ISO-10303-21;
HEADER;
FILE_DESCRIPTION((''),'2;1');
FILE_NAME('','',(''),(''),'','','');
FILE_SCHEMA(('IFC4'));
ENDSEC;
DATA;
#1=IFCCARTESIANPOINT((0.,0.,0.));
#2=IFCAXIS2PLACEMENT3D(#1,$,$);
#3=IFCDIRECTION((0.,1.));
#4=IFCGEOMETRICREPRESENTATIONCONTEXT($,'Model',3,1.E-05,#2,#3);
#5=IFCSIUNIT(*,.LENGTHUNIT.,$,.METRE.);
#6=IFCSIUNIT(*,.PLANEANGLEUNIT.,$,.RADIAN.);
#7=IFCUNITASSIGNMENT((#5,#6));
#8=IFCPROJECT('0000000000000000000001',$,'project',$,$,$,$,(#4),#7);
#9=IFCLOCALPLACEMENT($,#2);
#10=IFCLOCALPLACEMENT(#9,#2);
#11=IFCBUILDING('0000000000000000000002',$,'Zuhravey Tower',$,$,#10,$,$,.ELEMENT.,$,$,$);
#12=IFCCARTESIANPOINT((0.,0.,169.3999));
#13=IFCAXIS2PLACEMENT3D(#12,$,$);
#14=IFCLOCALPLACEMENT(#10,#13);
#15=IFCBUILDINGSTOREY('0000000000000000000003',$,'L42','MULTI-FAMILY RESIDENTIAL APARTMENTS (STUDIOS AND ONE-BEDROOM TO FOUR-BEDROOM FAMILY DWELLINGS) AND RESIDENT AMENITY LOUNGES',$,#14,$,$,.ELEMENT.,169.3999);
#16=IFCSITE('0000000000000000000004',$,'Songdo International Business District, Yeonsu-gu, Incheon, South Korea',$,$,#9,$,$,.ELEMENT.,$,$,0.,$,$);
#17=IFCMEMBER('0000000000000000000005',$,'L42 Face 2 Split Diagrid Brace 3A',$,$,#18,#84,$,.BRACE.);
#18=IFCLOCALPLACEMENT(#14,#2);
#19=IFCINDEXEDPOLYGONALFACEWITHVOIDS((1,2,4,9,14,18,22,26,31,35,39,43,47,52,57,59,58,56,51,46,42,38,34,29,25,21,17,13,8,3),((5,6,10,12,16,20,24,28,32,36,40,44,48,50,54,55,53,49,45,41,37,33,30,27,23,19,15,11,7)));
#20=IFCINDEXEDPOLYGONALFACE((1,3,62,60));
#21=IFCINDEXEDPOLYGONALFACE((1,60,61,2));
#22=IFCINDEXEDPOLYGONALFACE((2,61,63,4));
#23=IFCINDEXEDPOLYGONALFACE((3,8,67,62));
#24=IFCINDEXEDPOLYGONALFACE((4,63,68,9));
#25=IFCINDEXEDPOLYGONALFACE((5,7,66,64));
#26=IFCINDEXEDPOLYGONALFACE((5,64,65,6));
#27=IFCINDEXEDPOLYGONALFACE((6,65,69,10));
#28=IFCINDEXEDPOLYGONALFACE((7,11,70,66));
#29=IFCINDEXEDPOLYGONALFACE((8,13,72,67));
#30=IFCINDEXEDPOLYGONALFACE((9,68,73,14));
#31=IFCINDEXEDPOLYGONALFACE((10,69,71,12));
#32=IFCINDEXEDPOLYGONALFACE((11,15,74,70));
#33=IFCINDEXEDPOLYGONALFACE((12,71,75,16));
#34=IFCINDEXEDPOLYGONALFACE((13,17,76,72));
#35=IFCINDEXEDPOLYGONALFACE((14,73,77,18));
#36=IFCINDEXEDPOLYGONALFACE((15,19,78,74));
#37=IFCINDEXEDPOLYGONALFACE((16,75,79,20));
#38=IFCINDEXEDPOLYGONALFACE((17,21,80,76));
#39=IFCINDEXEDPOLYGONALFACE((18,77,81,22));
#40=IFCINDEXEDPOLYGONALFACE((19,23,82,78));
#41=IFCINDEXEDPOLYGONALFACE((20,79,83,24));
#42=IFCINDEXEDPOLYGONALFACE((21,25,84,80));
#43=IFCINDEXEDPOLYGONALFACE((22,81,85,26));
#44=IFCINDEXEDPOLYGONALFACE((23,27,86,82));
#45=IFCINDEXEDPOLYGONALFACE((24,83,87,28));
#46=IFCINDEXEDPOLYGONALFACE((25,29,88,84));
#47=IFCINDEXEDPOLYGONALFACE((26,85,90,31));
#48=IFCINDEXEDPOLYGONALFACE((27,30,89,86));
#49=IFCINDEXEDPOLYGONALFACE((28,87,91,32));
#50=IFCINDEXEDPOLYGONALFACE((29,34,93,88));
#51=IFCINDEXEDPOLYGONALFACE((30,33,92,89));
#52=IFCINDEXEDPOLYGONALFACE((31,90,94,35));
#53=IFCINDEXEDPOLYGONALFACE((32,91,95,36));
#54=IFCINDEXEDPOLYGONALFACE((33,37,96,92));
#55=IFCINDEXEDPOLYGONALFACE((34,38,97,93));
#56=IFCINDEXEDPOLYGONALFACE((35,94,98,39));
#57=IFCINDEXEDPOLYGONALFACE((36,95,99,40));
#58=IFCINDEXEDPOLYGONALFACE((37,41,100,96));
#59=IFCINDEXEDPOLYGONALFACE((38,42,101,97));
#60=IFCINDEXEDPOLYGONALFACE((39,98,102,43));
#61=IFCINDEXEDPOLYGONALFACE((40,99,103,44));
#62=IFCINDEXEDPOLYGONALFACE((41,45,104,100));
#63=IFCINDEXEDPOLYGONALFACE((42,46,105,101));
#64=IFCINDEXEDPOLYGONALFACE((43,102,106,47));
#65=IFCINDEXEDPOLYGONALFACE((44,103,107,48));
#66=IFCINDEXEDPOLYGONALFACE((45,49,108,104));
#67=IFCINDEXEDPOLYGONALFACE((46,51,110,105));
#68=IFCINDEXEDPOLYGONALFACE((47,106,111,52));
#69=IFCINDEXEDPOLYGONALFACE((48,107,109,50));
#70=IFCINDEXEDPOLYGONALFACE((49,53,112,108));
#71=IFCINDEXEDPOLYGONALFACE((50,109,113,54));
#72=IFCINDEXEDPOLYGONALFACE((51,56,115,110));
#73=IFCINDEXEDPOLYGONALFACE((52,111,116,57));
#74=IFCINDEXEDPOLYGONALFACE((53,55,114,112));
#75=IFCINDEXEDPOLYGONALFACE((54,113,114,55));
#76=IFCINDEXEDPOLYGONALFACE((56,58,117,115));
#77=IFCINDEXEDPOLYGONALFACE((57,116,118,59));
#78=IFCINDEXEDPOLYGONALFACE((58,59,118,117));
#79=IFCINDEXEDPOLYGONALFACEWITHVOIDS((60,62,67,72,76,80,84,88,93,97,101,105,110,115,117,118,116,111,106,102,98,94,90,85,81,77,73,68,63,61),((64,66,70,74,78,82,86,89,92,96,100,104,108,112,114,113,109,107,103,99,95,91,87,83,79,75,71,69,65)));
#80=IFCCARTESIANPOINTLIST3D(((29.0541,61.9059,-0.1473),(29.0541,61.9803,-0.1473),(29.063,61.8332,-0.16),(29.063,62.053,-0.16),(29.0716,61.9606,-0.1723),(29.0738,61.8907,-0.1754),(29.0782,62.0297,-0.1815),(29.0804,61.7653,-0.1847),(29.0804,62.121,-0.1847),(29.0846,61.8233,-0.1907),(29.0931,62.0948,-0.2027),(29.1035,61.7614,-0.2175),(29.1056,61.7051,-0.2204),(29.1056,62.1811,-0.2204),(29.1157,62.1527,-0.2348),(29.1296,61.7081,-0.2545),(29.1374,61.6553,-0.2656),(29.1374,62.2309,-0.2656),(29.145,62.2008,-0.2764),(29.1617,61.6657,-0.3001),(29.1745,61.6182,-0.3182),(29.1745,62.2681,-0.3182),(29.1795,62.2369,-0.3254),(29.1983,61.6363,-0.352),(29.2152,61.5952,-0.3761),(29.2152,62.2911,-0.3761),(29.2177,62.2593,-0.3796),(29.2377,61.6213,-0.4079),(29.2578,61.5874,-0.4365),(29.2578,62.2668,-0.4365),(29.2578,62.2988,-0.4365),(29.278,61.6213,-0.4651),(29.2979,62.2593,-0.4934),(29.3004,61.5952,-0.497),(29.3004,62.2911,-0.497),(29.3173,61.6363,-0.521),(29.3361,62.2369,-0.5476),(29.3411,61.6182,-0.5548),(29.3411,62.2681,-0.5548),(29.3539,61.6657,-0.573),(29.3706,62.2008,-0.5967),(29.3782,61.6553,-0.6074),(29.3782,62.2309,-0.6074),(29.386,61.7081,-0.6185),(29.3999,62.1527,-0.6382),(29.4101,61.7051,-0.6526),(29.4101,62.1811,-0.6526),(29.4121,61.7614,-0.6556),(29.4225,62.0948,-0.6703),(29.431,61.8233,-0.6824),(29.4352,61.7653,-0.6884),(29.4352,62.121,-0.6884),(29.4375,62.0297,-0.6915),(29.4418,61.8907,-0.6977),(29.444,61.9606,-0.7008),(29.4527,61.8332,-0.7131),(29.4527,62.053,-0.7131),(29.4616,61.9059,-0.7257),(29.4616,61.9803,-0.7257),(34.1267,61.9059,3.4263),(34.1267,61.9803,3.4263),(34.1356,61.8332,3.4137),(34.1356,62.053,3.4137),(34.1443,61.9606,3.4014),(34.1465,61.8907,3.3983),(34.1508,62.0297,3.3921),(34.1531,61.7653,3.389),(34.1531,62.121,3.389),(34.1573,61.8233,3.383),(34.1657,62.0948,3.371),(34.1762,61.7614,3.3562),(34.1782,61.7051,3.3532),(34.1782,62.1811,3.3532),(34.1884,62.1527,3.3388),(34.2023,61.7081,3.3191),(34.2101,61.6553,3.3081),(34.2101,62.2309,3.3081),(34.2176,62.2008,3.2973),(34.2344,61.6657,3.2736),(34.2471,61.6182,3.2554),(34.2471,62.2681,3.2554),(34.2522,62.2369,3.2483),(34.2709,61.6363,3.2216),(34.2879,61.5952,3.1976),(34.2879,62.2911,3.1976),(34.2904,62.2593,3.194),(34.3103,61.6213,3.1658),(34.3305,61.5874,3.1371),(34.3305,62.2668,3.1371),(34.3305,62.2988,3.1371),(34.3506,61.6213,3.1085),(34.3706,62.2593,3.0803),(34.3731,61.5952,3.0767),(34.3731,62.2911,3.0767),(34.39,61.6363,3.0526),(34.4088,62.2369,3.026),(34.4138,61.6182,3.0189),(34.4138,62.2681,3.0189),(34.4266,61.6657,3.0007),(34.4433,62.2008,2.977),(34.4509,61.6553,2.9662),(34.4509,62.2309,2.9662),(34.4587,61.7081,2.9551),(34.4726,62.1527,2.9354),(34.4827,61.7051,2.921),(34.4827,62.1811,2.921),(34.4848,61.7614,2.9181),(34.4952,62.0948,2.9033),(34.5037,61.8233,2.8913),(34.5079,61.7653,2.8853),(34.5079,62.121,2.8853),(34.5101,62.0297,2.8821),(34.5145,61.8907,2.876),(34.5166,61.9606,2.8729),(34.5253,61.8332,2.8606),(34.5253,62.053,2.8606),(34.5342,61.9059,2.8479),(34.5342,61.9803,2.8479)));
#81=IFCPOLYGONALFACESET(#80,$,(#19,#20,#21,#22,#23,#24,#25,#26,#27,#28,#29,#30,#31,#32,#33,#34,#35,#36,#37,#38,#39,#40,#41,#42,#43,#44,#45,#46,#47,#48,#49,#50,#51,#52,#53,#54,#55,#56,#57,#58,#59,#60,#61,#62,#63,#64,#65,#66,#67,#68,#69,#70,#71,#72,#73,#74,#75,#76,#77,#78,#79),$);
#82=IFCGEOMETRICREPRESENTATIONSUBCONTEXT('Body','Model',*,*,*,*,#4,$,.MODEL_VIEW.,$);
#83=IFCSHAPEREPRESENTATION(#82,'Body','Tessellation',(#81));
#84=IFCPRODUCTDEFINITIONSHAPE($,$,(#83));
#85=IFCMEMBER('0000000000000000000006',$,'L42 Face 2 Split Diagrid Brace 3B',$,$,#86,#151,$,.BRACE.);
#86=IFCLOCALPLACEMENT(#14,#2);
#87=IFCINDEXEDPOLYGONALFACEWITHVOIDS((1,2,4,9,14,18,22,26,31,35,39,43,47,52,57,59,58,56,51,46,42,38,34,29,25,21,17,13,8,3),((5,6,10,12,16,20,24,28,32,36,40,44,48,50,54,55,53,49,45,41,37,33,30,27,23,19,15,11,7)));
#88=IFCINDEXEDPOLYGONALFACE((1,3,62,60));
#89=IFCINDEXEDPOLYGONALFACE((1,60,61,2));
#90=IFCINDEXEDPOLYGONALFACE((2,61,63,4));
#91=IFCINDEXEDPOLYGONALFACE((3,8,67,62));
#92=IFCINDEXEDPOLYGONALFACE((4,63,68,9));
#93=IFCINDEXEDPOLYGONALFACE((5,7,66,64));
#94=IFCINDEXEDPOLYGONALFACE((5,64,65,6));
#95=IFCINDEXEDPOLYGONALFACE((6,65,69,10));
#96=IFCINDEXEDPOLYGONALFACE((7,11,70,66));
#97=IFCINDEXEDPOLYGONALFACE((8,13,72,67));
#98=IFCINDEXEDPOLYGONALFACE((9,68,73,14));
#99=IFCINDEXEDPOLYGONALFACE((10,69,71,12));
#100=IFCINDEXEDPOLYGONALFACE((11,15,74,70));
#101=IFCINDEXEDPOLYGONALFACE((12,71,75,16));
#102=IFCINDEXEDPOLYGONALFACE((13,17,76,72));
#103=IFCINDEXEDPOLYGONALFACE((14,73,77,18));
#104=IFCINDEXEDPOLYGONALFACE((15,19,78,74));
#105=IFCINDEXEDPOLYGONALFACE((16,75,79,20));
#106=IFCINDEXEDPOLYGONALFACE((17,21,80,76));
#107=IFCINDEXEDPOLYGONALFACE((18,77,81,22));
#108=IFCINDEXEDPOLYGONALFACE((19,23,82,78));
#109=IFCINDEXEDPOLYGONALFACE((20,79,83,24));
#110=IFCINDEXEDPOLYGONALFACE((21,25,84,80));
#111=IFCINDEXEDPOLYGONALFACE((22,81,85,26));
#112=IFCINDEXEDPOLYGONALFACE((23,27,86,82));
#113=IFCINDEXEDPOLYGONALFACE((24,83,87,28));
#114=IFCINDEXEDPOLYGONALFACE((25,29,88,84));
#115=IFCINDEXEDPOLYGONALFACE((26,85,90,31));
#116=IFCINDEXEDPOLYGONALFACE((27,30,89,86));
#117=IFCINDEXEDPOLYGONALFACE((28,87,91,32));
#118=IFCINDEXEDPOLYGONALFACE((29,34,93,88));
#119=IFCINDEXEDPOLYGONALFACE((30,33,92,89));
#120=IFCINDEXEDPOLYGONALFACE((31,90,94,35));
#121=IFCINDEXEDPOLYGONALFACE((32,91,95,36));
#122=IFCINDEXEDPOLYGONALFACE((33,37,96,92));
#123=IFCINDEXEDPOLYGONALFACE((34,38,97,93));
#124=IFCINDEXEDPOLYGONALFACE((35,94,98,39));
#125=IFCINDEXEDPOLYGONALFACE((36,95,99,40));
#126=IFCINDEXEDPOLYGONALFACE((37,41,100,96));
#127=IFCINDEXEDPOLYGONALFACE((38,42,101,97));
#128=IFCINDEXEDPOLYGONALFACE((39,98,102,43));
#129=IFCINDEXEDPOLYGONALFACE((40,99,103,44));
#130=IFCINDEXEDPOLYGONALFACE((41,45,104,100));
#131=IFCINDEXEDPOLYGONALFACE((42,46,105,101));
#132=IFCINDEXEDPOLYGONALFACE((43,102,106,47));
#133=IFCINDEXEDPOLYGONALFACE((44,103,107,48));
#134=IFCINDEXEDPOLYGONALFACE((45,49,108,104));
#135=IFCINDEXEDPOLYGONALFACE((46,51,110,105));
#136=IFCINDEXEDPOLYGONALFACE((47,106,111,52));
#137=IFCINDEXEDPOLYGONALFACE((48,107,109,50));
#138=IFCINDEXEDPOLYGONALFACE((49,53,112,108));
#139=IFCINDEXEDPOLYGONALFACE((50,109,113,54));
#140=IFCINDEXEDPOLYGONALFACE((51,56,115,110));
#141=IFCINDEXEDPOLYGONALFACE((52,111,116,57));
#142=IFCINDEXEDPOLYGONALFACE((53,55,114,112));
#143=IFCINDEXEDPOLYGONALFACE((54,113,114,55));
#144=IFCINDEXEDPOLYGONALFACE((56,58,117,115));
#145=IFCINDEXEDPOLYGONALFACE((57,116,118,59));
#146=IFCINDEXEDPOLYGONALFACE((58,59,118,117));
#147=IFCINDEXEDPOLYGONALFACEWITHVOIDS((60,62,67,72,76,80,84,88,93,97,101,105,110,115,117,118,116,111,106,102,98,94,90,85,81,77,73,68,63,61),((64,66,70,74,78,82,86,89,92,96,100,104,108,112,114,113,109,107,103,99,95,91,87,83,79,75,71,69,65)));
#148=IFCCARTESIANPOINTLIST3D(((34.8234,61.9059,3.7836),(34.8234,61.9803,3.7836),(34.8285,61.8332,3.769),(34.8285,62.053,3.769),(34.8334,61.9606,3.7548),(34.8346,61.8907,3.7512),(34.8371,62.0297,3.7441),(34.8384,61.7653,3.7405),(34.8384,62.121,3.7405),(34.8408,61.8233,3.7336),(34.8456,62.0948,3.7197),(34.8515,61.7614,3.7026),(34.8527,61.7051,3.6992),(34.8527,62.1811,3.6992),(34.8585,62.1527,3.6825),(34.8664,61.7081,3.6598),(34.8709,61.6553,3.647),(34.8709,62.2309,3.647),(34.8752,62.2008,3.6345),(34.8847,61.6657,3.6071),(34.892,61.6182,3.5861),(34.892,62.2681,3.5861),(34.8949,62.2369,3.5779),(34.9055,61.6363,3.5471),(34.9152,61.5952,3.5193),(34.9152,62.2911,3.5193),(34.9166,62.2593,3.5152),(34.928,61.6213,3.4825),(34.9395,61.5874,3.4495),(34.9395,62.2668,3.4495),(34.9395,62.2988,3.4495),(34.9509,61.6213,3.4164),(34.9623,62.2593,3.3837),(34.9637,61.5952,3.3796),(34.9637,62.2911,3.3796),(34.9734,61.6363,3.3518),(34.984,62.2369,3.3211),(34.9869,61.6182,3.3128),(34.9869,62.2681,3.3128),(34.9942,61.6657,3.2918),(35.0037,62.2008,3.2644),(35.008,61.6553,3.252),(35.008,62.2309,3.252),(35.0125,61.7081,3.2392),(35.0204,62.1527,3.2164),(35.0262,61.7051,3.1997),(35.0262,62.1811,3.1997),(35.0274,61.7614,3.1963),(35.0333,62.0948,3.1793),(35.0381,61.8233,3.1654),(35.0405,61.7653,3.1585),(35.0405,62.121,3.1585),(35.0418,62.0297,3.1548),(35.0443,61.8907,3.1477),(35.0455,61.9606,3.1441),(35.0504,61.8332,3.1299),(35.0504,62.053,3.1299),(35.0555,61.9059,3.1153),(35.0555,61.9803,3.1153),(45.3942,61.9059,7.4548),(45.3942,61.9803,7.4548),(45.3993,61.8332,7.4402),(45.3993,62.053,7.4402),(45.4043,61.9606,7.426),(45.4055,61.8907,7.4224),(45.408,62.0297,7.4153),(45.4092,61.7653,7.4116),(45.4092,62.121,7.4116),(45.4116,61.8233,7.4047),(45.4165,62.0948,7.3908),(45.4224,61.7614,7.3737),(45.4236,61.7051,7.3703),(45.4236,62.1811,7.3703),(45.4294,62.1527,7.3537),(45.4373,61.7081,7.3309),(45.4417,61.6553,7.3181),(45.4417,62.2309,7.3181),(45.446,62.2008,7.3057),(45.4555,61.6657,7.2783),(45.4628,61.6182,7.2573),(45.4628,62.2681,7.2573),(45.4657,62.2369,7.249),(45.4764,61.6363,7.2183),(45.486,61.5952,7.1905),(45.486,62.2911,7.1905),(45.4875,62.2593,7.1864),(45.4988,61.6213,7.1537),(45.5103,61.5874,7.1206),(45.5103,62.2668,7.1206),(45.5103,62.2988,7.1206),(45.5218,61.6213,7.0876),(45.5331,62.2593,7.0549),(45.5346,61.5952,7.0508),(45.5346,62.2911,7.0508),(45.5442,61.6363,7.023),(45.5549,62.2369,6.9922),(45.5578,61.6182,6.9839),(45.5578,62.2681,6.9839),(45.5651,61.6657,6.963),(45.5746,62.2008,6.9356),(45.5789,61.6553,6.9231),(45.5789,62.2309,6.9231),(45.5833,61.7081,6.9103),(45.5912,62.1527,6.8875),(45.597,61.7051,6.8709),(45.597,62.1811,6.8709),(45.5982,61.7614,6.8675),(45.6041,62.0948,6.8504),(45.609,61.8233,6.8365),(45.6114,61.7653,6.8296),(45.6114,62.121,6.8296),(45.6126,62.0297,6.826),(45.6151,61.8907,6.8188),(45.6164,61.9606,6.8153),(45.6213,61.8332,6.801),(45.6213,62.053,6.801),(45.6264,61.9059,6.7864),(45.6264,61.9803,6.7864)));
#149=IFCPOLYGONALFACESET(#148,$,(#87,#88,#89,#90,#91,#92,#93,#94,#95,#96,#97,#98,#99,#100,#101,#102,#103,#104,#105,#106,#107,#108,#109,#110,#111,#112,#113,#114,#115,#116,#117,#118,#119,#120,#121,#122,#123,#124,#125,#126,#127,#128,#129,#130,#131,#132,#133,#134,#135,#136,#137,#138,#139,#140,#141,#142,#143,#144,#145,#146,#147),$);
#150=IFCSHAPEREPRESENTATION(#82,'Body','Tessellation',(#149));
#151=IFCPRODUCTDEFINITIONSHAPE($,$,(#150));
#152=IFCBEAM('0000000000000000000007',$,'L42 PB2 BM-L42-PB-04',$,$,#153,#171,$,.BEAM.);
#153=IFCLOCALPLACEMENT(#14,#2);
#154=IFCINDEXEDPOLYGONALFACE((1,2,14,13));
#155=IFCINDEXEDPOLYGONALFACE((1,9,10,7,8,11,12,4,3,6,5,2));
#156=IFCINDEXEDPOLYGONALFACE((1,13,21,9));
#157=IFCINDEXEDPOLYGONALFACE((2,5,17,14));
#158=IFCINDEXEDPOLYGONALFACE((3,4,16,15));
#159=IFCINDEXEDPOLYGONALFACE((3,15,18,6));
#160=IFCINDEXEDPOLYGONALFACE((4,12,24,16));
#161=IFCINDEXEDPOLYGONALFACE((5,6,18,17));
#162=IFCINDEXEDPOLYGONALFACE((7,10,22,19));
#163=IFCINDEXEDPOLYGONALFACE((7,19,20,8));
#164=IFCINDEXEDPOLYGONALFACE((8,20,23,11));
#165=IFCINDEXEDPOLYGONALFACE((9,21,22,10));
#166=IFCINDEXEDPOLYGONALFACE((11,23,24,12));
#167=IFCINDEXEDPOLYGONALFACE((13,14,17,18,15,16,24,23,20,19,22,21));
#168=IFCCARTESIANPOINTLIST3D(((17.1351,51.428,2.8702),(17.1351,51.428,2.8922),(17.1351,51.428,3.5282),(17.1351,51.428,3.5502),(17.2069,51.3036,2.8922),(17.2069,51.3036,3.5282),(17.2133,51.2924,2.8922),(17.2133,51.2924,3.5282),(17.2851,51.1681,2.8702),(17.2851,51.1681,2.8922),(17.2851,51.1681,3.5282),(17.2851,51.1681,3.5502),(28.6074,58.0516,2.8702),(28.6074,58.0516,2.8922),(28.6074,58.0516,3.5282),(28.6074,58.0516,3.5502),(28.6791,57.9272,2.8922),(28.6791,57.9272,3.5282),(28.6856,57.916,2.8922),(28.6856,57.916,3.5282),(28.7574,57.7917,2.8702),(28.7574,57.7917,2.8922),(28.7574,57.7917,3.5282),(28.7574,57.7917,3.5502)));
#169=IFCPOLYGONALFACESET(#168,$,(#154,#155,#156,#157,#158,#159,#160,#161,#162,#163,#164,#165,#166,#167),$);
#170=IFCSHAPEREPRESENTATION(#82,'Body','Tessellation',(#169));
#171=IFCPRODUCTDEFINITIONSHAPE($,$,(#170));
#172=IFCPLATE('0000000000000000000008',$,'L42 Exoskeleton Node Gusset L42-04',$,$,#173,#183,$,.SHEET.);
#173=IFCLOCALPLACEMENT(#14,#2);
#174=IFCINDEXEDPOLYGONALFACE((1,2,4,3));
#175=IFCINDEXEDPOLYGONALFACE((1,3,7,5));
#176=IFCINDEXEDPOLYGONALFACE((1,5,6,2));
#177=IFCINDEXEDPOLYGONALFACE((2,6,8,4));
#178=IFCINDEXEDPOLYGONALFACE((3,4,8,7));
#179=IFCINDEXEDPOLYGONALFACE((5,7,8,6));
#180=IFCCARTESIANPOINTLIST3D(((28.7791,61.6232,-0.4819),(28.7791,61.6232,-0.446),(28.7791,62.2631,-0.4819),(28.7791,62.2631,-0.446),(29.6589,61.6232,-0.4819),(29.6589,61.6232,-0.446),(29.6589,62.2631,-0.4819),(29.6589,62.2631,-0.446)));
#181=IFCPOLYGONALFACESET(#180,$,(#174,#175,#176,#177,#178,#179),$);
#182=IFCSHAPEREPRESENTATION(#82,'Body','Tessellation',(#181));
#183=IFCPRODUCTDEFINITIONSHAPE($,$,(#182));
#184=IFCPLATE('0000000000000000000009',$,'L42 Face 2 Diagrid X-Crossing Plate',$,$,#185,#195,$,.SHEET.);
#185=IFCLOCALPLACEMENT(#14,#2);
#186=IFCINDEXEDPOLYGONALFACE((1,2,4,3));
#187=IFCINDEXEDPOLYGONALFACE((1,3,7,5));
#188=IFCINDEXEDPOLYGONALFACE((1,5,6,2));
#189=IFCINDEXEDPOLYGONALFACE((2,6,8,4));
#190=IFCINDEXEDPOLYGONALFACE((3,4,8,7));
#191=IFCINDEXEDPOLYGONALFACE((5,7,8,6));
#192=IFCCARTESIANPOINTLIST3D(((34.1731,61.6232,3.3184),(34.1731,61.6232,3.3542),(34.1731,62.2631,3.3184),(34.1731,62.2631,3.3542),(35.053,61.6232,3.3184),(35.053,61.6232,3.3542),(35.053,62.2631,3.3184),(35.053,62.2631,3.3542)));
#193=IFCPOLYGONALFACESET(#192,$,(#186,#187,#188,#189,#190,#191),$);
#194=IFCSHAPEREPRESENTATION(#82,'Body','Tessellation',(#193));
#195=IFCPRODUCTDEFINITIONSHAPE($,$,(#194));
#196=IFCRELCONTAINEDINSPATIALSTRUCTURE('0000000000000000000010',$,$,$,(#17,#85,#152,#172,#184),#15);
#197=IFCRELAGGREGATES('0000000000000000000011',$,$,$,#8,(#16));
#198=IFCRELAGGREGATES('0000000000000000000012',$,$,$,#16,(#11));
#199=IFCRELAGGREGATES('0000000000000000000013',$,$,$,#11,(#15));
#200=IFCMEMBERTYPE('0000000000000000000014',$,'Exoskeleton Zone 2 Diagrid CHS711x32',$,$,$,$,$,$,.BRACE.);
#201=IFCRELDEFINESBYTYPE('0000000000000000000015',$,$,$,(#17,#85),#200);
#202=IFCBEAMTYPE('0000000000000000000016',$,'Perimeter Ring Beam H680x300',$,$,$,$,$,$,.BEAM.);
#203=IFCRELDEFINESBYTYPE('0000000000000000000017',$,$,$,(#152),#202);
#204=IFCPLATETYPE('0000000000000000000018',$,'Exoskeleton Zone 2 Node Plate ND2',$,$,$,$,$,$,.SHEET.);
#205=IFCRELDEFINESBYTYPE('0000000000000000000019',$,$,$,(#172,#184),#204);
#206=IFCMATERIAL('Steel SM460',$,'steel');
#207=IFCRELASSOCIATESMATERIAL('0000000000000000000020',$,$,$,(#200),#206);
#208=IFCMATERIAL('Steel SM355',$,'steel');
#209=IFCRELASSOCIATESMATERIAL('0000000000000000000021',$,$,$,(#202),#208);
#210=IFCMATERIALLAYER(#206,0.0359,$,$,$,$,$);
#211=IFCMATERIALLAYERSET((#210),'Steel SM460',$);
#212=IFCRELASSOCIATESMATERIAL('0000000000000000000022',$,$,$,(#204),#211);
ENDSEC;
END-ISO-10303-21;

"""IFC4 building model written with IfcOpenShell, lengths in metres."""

from ifc_helpers import new_model, si_unit, direction, frame, origin, origin_2d, place, context, subcontext, project, spatial, rectangle, hollow_circle, i_section, extrude, material, layer, layer_set, material_profile, profile_set, type_object, element, save


model = new_model("IFC4")

# Units and contexts
model_context = context("Model", 3, precision=1e-05, world=origin(), true_north=direction((0.0, 1.0)))
body_context = subcontext(model_context, "Body", "Model", "MODEL_VIEW")
ifc_project = project(units=[si_unit("LENGTHUNIT", "METRE"), si_unit("PLANEANGLEUNIT", "RADIAN")], contexts=[model_context])

# Site, building, storey
site_placement = place(None, origin())
site = spatial("IfcSite", under=ifc_project, at=site_placement, Name="Songdo International Business District, Yeonsu-gu, Incheon, South Korea", CompositionType="ELEMENT", RefElevation=0.0)
building_placement = place(site_placement, origin())
building = spatial("IfcBuilding", under=site, at=building_placement, Name="Zuhravey Tower", CompositionType="ELEMENT")
storey_placement = place(building_placement, frame((0.0, 0.0, 169.3999)))
storey = spatial("IfcBuildingStorey", under=building, at=storey_placement, Name="L42", Description="MULTI-FAMILY RESIDENTIAL APARTMENTS (STUDIOS AND ONE-BEDROOM TO FOUR-BEDROOM FAMILY DWELLINGS) AND RESIDENT AMENITY LOUNGES", CompositionType="ELEMENT", Elevation=169.3999)

# Members
ifc_material_1 = material(Name="Steel SM460", Category="steel")
ifc_material_profile_1 = material_profile(ifc_material_1, hollow_circle(Radius=0.3557, WallThickness=0.032, at=origin_2d()), Name="CHS-711.2x32")
ifc_profile_set_1 = profile_set([ifc_material_profile_1], Name="Steel SM460")
member_type_1 = type_object("IfcMemberType", Name="Exoskeleton Zone 2 Diagrid CHS711x32", PredefinedType="BRACE", material=ifc_profile_set_1)
member_1_placement = place(storey_placement, frame((29.2578, 61.9431, -0.4365), z_axis=(0.817502, 0.0, 0.575926), x_axis=(0.0, 1.0, 0.0)))
element("IfcMember", 1, at=member_1_placement, inside=storey, type_object=member_type_1, Name="L42 Face 2 Split Diagrid Brace 3A", PredefinedType="BRACE", context=body_context, shape_type="SweptSolid", body=[
    extrude(hollow_circle(Radius=0.3557, WallThickness=0.032, at=origin_2d()), origin(), (0.0, 0.0, 1.0), 6.2051),
])
member_2_placement = place(storey_placement, frame((34.9395, 61.9431, 3.4495), z_axis=(0.944654, 0.0, 0.32807), x_axis=(0.0, 1.0, 0.0)))
element("IfcMember", 2, at=member_2_placement, inside=storey, type_object=member_type_1, Name="L42 Face 2 Split Diagrid Brace 3B", PredefinedType="BRACE", context=body_context, shape_type="SweptSolid", body=[
    extrude(hollow_circle(Radius=0.3557, WallThickness=0.032, at=origin_2d()), origin(), (0.0, 0.0, 1.0), 11.1902),
])

# Beam
ifc_material_2 = material(Name="Steel SM355", Category="steel")
ifc_material_profile_2 = material_profile(ifc_material_2, i_section(OverallWidth=0.3, OverallDepth=0.6799, WebThickness=0.0129, FlangeThickness=0.022, at=origin_2d()), Name="H-680x300x13x22")
ifc_profile_set_2 = profile_set([ifc_material_profile_2], Name="Steel SM355")
beam_type = type_object("IfcBeamType", Name="Perimeter Ring Beam H680x300", PredefinedType="BEAM", material=ifc_profile_set_2)
beam_placement = place(storey_placement, frame((28.6824, 57.9216, 3.2102), z_axis=(-0.866023, -0.500004, 0.0), x_axis=(0.500004, -0.866023, 0.0)))
element("IfcBeam", 3, at=beam_placement, inside=storey, type_object=beam_type, Name="L42 PB2 BM-L42-PB-04", PredefinedType="BEAM", context=body_context, shape_type="SweptSolid", body=[
    extrude(i_section(OverallWidth=0.3, OverallDepth=0.6799, WebThickness=0.0129, FlangeThickness=0.022, at=origin_2d()), origin(), (0.0, 0.0, 1.0), 13.2471),
])

# Plates
ifc_layer_1 = layer(ifc_material_1, 0.0359)
ifc_layer_set_1 = layer_set([ifc_layer_1], Name="Steel SM460")
plate_type_1 = type_object("IfcPlateType", Name="Exoskeleton Zone 2 Node Plate ND2", PredefinedType="SHEET", material=ifc_layer_set_1)
for number, where, z_axis, x_axis, name in (
    (4, (29.219, 61.9431, -0.4819), (0.0, 0.0, 1.0), (-1.0, 0.0, 0.0), "L42 Exoskeleton Node Gusset L42-04"),
    (5, (34.613, 61.9431, 3.3184), (0.0, 0.0, 1.0), (-1.0, 0.0, 0.0), "L42 Face 2 Diagrid X-Crossing Plate"),
):
    element("IfcPlate", number, at=place(storey_placement, frame(where, z_axis=z_axis, x_axis=x_axis)), inside=storey, type_object=plate_type_1, Name=name, PredefinedType="SHEET", context=body_context, shape_type="SweptSolid", body=[
        extrude(rectangle(XDim=0.8799, YDim=0.6399, at=origin_2d()), origin(), (0.0, 0.0, 1.0), 0.0359),
    ])

save(model, "model.ifc")
